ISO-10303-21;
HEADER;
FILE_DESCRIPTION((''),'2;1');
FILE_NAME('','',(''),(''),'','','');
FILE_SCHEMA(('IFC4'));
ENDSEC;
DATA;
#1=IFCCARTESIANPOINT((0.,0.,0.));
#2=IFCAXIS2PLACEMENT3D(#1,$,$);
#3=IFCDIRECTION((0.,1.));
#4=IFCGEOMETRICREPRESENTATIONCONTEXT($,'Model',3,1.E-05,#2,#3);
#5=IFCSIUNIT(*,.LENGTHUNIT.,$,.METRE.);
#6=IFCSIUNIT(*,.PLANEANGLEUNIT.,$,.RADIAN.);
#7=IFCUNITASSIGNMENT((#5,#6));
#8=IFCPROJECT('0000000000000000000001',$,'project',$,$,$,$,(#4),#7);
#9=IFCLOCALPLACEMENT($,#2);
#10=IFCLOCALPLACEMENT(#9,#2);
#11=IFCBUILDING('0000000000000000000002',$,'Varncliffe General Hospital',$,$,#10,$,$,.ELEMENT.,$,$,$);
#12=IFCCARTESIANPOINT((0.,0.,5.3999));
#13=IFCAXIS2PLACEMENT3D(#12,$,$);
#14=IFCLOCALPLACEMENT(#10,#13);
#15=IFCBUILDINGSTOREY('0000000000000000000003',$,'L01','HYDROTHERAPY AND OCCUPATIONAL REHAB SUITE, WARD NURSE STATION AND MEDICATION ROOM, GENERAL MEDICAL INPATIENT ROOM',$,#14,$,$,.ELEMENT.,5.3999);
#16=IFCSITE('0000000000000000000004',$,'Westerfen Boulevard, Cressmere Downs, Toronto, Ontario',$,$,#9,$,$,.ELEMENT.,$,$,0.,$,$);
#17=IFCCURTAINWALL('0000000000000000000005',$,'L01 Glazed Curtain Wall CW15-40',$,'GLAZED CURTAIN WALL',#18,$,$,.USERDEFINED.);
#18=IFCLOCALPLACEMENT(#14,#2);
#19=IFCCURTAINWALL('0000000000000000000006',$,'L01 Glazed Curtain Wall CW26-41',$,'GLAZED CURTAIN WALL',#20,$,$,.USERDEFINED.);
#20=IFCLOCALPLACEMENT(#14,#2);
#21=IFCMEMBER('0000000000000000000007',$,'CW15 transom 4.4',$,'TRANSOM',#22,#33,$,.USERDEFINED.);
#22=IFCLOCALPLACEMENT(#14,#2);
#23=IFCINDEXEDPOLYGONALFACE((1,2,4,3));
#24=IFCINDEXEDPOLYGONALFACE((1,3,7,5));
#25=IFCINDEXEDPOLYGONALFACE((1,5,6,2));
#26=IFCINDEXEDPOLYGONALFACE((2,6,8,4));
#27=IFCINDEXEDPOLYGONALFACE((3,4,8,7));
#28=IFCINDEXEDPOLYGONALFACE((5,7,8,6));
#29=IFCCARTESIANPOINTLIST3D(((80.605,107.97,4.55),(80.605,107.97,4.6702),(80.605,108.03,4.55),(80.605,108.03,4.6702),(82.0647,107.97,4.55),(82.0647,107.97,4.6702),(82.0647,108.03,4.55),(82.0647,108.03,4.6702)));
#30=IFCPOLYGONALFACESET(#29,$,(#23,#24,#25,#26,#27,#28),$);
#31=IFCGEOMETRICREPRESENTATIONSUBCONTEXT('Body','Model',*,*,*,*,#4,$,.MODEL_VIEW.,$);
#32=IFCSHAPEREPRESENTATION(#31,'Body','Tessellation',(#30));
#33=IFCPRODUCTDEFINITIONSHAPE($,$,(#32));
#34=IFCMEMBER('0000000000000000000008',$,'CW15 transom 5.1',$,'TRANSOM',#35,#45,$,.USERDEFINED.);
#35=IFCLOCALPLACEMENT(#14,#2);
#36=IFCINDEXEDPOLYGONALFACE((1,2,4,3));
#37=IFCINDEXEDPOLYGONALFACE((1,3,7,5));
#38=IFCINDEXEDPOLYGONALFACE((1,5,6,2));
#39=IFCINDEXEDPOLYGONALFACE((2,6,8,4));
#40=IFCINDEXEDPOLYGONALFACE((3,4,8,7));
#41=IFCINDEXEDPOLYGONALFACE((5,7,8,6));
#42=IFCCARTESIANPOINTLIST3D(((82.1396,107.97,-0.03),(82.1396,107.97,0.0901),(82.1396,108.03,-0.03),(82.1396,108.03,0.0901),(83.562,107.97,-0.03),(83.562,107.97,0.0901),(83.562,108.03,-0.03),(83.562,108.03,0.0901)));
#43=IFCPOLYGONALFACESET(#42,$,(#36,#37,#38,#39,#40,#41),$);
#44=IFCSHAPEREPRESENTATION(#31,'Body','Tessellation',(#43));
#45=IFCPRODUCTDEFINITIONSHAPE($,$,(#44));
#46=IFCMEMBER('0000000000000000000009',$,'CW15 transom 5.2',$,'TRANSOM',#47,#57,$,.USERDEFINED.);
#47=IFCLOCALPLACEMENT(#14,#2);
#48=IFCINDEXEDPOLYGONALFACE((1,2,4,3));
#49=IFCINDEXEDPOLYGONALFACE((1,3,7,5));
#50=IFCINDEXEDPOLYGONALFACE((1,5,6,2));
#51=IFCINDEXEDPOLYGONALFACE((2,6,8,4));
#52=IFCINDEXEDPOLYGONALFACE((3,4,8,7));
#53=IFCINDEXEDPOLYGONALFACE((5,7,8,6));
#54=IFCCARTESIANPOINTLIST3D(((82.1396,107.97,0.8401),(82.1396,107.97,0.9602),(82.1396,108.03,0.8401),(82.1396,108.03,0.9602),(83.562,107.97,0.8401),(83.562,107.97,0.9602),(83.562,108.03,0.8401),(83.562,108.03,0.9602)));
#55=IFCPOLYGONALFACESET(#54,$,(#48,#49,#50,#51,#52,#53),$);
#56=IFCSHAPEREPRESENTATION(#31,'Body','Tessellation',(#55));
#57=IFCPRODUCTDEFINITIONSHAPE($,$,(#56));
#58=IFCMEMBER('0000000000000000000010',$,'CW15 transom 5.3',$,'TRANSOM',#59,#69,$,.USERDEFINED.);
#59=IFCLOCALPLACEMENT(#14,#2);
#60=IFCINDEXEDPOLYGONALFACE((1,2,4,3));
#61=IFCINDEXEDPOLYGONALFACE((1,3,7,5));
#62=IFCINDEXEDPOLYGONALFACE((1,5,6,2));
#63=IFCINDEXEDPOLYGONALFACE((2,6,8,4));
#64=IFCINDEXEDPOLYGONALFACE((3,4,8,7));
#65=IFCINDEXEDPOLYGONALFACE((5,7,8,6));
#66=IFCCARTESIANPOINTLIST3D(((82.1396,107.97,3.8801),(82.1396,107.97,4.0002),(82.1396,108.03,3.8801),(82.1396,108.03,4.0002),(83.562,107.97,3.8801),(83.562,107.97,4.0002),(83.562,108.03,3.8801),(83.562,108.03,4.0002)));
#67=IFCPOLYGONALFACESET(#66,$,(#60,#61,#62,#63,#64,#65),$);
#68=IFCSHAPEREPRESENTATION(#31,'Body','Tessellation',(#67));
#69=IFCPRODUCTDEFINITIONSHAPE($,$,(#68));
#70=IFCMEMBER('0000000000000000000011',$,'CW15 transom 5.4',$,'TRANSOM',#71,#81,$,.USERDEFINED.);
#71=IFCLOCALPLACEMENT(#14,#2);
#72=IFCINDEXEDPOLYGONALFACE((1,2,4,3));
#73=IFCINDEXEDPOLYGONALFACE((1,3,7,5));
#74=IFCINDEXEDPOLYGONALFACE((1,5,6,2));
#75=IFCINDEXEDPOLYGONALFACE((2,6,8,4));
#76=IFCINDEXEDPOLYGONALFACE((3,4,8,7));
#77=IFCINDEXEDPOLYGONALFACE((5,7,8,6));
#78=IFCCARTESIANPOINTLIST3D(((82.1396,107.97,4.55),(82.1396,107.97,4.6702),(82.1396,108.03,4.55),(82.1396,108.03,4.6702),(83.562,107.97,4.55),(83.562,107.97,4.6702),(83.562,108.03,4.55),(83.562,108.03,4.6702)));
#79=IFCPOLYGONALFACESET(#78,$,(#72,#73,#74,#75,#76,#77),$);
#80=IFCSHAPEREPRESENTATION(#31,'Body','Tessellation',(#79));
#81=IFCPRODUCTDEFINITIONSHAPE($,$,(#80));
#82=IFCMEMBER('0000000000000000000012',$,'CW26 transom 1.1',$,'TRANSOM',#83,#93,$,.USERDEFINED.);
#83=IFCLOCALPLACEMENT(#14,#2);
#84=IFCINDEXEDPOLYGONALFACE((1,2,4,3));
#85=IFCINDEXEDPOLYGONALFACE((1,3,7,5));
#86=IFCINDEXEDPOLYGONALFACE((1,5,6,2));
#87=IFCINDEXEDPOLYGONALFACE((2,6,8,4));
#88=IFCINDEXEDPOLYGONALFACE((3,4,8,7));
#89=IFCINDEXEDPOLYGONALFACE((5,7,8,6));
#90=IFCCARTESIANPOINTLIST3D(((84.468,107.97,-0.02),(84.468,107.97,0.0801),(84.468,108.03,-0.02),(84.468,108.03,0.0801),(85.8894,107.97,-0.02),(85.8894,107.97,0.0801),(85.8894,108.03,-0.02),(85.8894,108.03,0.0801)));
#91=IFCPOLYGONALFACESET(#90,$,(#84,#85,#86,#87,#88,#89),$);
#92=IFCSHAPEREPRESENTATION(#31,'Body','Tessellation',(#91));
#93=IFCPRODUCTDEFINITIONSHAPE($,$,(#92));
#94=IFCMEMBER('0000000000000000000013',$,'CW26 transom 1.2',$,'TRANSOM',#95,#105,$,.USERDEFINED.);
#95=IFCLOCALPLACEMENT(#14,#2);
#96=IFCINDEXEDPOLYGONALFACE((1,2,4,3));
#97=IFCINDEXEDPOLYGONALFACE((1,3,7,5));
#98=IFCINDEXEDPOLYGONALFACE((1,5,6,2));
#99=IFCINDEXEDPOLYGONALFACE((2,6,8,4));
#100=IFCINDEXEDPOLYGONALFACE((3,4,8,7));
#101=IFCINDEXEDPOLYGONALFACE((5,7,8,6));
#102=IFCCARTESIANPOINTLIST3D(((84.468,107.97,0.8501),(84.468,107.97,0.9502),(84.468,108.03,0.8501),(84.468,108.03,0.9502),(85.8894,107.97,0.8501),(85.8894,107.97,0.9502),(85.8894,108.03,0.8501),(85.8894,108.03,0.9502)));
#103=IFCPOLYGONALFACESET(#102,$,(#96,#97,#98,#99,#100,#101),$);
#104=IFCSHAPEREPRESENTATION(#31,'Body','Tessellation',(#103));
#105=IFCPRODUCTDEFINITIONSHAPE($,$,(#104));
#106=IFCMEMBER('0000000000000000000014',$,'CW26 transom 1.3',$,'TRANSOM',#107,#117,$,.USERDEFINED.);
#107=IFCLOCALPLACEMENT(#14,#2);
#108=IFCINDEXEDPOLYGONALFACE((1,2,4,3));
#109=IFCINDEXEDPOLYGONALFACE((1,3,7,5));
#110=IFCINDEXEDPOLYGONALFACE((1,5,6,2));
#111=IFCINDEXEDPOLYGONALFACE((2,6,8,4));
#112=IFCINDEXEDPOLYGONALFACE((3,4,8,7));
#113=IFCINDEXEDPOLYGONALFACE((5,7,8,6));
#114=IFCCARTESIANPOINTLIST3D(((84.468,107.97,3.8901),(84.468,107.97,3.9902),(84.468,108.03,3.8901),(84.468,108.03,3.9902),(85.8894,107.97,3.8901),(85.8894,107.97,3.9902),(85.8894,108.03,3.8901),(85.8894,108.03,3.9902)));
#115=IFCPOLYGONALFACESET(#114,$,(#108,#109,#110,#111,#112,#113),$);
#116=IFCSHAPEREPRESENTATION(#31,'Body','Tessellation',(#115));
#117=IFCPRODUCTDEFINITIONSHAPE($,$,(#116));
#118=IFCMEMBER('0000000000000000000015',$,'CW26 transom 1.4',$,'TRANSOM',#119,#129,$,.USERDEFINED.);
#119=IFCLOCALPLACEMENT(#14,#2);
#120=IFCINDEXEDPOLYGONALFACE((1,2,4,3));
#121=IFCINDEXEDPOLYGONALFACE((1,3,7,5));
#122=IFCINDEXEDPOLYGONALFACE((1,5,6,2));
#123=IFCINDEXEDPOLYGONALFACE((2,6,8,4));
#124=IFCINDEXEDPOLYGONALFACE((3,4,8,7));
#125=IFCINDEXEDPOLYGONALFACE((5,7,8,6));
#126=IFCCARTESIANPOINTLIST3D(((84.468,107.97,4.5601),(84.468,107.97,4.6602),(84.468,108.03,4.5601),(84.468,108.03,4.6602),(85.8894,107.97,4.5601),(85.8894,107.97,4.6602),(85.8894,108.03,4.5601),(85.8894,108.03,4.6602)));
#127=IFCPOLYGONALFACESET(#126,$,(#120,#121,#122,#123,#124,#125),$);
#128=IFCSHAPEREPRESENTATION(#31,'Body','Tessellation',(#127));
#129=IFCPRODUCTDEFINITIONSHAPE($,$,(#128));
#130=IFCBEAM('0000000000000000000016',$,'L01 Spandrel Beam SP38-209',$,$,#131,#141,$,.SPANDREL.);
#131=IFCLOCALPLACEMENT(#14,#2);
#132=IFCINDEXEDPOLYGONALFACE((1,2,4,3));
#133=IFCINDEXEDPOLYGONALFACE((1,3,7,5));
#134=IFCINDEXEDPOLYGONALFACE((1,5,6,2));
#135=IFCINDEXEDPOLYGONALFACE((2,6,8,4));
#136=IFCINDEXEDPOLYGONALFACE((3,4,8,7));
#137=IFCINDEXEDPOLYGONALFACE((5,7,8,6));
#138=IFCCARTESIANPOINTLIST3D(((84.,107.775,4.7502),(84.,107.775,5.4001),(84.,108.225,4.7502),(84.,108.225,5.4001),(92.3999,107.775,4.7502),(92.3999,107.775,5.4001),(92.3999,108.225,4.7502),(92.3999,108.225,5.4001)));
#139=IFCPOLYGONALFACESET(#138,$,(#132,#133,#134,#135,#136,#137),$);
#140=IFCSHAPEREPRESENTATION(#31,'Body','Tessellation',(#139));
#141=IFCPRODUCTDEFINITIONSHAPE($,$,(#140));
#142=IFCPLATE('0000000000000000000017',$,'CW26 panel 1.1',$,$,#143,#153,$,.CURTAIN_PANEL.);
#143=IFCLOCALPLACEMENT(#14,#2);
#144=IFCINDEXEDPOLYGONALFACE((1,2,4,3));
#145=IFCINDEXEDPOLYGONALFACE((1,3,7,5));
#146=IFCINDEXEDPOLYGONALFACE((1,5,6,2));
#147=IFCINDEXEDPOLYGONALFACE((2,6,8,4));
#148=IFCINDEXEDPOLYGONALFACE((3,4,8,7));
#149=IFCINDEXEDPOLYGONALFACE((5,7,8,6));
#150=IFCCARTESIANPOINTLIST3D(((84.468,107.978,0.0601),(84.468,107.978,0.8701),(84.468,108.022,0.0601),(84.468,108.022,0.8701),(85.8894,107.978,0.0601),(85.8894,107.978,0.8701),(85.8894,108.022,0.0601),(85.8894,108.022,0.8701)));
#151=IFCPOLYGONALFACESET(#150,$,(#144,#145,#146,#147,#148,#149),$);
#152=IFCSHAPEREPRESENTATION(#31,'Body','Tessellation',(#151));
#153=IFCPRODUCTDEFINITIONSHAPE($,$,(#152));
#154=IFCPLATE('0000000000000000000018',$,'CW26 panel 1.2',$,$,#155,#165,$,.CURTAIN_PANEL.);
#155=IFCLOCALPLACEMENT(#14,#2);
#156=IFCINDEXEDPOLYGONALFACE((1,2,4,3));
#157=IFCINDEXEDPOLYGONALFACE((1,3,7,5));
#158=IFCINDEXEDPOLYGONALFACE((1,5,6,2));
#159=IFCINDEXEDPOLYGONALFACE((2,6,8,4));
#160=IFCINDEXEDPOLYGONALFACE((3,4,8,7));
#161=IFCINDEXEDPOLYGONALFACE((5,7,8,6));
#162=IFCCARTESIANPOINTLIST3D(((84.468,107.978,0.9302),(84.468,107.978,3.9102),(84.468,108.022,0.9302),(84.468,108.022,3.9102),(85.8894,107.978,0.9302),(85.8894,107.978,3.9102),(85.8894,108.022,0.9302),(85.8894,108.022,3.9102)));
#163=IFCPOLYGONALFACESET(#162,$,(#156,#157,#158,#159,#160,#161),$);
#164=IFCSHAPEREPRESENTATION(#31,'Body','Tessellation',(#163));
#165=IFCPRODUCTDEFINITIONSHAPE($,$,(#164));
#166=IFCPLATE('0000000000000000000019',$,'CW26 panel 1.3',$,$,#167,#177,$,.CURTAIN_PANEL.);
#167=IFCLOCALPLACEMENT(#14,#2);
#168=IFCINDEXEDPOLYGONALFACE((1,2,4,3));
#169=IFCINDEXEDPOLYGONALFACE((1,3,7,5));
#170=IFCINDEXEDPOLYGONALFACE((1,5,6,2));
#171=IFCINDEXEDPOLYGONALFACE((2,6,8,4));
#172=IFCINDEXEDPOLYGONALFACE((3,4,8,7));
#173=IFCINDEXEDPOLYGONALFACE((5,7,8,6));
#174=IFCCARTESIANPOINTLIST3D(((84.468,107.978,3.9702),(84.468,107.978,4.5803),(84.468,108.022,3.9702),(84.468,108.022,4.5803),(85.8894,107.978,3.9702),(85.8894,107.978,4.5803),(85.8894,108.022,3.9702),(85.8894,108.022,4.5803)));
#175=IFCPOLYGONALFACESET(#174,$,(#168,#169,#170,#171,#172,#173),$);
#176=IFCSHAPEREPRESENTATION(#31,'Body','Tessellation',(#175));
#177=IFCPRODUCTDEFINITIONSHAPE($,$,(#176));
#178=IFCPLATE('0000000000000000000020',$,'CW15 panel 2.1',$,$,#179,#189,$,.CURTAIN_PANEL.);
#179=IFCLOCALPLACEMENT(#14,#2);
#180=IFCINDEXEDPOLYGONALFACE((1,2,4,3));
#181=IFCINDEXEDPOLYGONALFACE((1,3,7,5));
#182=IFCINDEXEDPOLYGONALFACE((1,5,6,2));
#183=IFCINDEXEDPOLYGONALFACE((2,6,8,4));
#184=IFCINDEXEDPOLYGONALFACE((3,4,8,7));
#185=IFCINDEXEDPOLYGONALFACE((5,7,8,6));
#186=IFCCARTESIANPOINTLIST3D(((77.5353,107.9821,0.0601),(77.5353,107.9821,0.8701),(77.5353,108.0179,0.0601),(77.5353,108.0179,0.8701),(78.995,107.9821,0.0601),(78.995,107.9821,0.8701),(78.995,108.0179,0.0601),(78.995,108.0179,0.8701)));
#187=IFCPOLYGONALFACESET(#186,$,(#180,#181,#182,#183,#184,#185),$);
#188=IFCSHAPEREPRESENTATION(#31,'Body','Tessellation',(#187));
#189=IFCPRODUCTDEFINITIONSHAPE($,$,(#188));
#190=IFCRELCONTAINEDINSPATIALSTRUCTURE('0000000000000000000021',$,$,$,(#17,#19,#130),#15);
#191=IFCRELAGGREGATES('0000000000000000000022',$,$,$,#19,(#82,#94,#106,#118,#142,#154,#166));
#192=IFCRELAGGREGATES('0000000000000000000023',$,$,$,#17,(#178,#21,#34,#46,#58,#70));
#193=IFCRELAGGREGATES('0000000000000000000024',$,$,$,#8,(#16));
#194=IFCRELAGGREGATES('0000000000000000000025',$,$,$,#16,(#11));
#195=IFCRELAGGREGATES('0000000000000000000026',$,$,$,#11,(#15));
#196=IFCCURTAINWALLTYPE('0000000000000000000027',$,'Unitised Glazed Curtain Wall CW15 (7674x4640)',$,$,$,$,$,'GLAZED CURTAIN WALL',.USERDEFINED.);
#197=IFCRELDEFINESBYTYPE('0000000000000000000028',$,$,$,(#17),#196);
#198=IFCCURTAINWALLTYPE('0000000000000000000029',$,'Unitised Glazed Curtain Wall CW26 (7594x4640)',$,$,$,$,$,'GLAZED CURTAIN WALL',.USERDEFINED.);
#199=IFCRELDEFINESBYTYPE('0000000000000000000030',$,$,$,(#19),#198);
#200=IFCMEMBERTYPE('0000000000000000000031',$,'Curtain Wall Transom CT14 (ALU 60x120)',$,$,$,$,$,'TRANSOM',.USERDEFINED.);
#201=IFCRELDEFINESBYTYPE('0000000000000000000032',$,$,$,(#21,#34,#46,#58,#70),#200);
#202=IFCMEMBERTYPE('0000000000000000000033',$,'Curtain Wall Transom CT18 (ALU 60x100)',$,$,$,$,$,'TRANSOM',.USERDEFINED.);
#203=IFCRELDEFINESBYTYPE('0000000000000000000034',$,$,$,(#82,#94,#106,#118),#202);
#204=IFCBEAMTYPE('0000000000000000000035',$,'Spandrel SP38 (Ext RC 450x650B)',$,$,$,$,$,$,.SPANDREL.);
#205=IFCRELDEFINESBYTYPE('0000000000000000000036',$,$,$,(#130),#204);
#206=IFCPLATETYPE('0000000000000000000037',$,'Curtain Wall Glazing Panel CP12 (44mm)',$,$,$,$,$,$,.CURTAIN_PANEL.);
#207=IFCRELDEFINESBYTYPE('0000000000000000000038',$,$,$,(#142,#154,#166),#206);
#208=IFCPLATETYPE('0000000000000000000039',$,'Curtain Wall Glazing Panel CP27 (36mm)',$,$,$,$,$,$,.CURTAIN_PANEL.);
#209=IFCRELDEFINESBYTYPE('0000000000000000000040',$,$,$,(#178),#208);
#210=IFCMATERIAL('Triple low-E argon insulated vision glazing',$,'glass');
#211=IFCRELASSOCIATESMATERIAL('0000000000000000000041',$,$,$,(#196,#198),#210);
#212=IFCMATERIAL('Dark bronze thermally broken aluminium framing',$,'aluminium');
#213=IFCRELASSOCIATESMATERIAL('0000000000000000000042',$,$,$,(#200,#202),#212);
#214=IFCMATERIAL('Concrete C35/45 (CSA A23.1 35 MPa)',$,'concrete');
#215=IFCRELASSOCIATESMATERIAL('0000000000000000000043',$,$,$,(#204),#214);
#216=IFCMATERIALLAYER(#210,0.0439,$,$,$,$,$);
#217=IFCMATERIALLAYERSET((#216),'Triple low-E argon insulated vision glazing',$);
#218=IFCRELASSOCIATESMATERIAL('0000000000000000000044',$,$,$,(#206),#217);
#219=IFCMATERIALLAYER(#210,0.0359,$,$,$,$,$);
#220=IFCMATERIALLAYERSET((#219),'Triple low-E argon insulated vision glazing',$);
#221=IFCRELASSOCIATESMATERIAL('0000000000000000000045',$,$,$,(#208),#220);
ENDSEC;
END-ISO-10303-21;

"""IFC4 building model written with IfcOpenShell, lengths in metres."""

from ifc_helpers import new_model, si_unit, direction, frame, origin, origin_2d, place, context, subcontext, project, spatial, rectangle, extrude, material, layer, layer_set, material_profile, profile_set, type_object, element, aggregate, save


model = new_model("IFC4")

# Units and contexts
model_context = context("Model", 3, precision=1e-05, world=origin(), true_north=direction((0.0, 1.0)))
body_context = subcontext(model_context, "Body", "Model", "MODEL_VIEW")
ifc_project = project(units=[si_unit("LENGTHUNIT", "METRE"), si_unit("PLANEANGLEUNIT", "RADIAN")], contexts=[model_context])

# Site, building, storey
site_placement = place(None, origin())
site = spatial("IfcSite", under=ifc_project, at=site_placement, Name="Westerfen Boulevard, Cressmere Downs, Toronto, Ontario", CompositionType="ELEMENT", RefElevation=0.0)
building_placement = place(site_placement, origin())
building = spatial("IfcBuilding", under=site, at=building_placement, Name="Varncliffe General Hospital", CompositionType="ELEMENT")
storey_placement = place(building_placement, frame((0.0, 0.0, 5.3999)))
storey = spatial("IfcBuildingStorey", under=building, at=storey_placement, Name="L01", Description="HYDROTHERAPY AND OCCUPATIONAL REHAB SUITE, WARD NURSE STATION AND MEDICATION ROOM, GENERAL MEDICAL INPATIENT ROOM", CompositionType="ELEMENT", Elevation=5.3999)

# Curtain wall
ifc_material_1 = material(Name="Triple low-E argon insulated vision glazing", Category="glass")
curtain_wall_type_1 = type_object("IfcCurtainWallType", Name="Unitised Glazed Curtain Wall CW15 (7674x4640)", ElementType="GLAZED CURTAIN WALL", PredefinedType="USERDEFINED", material=ifc_material_1)
curtain_wall_1_placement = place(storey_placement, origin())
curtain_wall_1 = element("IfcCurtainWall", 1, at=curtain_wall_1_placement, inside=storey, type_object=curtain_wall_type_1, Name="L01 Glazed Curtain Wall CW15-40", ObjectType="GLAZED CURTAIN WALL", PredefinedType="USERDEFINED")
ifc_material_2 = material(Name="Dark bronze thermally broken aluminium framing", Category="aluminium")

# Curtain wall
curtain_wall_type_2 = type_object("IfcCurtainWallType", Name="Unitised Glazed Curtain Wall CW26 (7594x4640)", ElementType="GLAZED CURTAIN WALL", PredefinedType="USERDEFINED", material=ifc_material_1)
curtain_wall_2_placement = place(storey_placement, origin())
curtain_wall_2 = element("IfcCurtainWall", 2, at=curtain_wall_2_placement, inside=storey, type_object=curtain_wall_type_2, Name="L01 Glazed Curtain Wall CW26-41", ObjectType="GLAZED CURTAIN WALL", PredefinedType="USERDEFINED")

# Members
ifc_material_profile_1 = material_profile(ifc_material_2, rectangle(XDim=0.0601, YDim=0.1201, at=origin_2d()), Name="ALU 60x120")
ifc_profile_set_1 = profile_set([ifc_material_profile_1], Name="Dark bronze thermally broken aluminium framing")
member_type_1 = type_object("IfcMemberType", Name="Curtain Wall Transom CT14 (ALU 60x120)", ElementType="TRANSOM", PredefinedType="USERDEFINED", material=ifc_profile_set_1)
member_1_placement = place(storey_placement, frame((80.605, 108.0, 4.6101), z_axis=(1.0, 0.0, 0.0), x_axis=(0.0, 1.0, 0.0)))
member_1 = element("IfcMember", 3, at=member_1_placement, type_object=member_type_1, Name="CW15 transom 4.4", ObjectType="TRANSOM", PredefinedType="USERDEFINED", context=body_context, shape_type="SweptSolid", body=[
    extrude(rectangle(XDim=0.0601, YDim=0.1201, at=origin_2d()), origin(), (0.0, 0.0, 1.0), 1.4597),
])
member_2_placement = place(storey_placement, frame((82.1396, 108.0, 0.03), z_axis=(1.0, 0.0, 0.0), x_axis=(0.0, 1.0, 0.0)))
member_2 = element("IfcMember", 4, at=member_2_placement, type_object=member_type_1, Name="CW15 transom 5.1", ObjectType="TRANSOM", PredefinedType="USERDEFINED", context=body_context, shape_type="SweptSolid", body=[
    extrude(rectangle(XDim=0.0601, YDim=0.1201, at=origin_2d()), origin(), (0.0, 0.0, 1.0), 1.4224),
])
member_3_placement = place(storey_placement, frame((82.1396, 108.0, 0.9001), z_axis=(1.0, 0.0, 0.0), x_axis=(0.0, 1.0, 0.0)))
member_3 = element("IfcMember", 5, at=member_3_placement, type_object=member_type_1, Name="CW15 transom 5.2", ObjectType="TRANSOM", PredefinedType="USERDEFINED", context=body_context, shape_type="SweptSolid", body=[
    extrude(rectangle(XDim=0.0601, YDim=0.1201, at=origin_2d()), origin(), (0.0, 0.0, 1.0), 1.4224),
])
member_4_placement = place(storey_placement, frame((82.1396, 108.0, 3.9402), z_axis=(1.0, 0.0, 0.0), x_axis=(0.0, 1.0, 0.0)))
member_4 = element("IfcMember", 6, at=member_4_placement, type_object=member_type_1, Name="CW15 transom 5.3", ObjectType="TRANSOM", PredefinedType="USERDEFINED", context=body_context, shape_type="SweptSolid", body=[
    extrude(rectangle(XDim=0.0601, YDim=0.1201, at=origin_2d()), origin(), (0.0, 0.0, 1.0), 1.4224),
])
member_5_placement = place(storey_placement, frame((82.1396, 108.0, 4.6101), z_axis=(1.0, 0.0, 0.0), x_axis=(0.0, 1.0, 0.0)))
member_5 = element("IfcMember", 7, at=member_5_placement, type_object=member_type_1, Name="CW15 transom 5.4", ObjectType="TRANSOM", PredefinedType="USERDEFINED", context=body_context, shape_type="SweptSolid", body=[
    extrude(rectangle(XDim=0.0601, YDim=0.1201, at=origin_2d()), origin(), (0.0, 0.0, 1.0), 1.4224),
])
ifc_material_profile_2 = material_profile(ifc_material_2, rectangle(XDim=0.0601, YDim=0.1001, at=origin_2d()), Name="ALU 60x100")
ifc_profile_set_2 = profile_set([ifc_material_profile_2], Name="Dark bronze thermally broken aluminium framing")
member_type_2 = type_object("IfcMemberType", Name="Curtain Wall Transom CT18 (ALU 60x100)", ElementType="TRANSOM", PredefinedType="USERDEFINED", material=ifc_profile_set_2)
member_6_placement = place(storey_placement, frame((84.468, 108.0, 0.03), z_axis=(1.0, 0.0, 0.0), x_axis=(0.0, 1.0, 0.0)))
member_6 = element("IfcMember", 8, at=member_6_placement, type_object=member_type_2, Name="CW26 transom 1.1", ObjectType="TRANSOM", PredefinedType="USERDEFINED", context=body_context, shape_type="SweptSolid", body=[
    extrude(rectangle(XDim=0.0601, YDim=0.1001, at=origin_2d()), origin(), (0.0, 0.0, 1.0), 1.4214),
])
member_7_placement = place(storey_placement, frame((84.468, 108.0, 0.9001), z_axis=(1.0, 0.0, 0.0), x_axis=(0.0, 1.0, 0.0)))
member_7 = element("IfcMember", 9, at=member_7_placement, type_object=member_type_2, Name="CW26 transom 1.2", ObjectType="TRANSOM", PredefinedType="USERDEFINED", context=body_context, shape_type="SweptSolid", body=[
    extrude(rectangle(XDim=0.0601, YDim=0.1001, at=origin_2d()), origin(), (0.0, 0.0, 1.0), 1.4214),
])
member_8_placement = place(storey_placement, frame((84.468, 108.0, 3.9402), z_axis=(1.0, 0.0, 0.0), x_axis=(0.0, 1.0, 0.0)))
member_8 = element("IfcMember", 10, at=member_8_placement, type_object=member_type_2, Name="CW26 transom 1.3", ObjectType="TRANSOM", PredefinedType="USERDEFINED", context=body_context, shape_type="SweptSolid", body=[
    extrude(rectangle(XDim=0.0601, YDim=0.1001, at=origin_2d()), origin(), (0.0, 0.0, 1.0), 1.4214),
])
member_9_placement = place(storey_placement, frame((84.468, 108.0, 4.6101), z_axis=(1.0, 0.0, 0.0), x_axis=(0.0, 1.0, 0.0)))
member_9 = element("IfcMember", 11, at=member_9_placement, type_object=member_type_2, Name="CW26 transom 1.4", ObjectType="TRANSOM", PredefinedType="USERDEFINED", context=body_context, shape_type="SweptSolid", body=[
    extrude(rectangle(XDim=0.0601, YDim=0.1001, at=origin_2d()), origin(), (0.0, 0.0, 1.0), 1.4214),
])

# Beam
ifc_material_3 = material(Name="Concrete C35/45 (CSA A23.1 35 MPa)", Category="concrete")
ifc_material_profile_3 = material_profile(ifc_material_3, rectangle(XDim=0.45, YDim=0.6499, at=origin_2d()), Name="RC 450x650")
ifc_profile_set_3 = profile_set([ifc_material_profile_3], Name="Concrete C35/45 (CSA A23.1 35 MPa)")
beam_type = type_object("IfcBeamType", Name="Spandrel SP38 (Ext RC 450x650B)", PredefinedType="SPANDREL", material=ifc_profile_set_3)
beam_placement = place(storey_placement, frame((84.0, 108.0, 5.0752), z_axis=(1.0, 0.0, 0.0), x_axis=(0.0, 1.0, 0.0)))
element("IfcBeam", 12, at=beam_placement, inside=storey, type_object=beam_type, Name="L01 Spandrel Beam SP38-209", PredefinedType="SPANDREL", context=body_context, shape_type="SweptSolid", body=[
    extrude(rectangle(XDim=0.45, YDim=0.6499, at=origin_2d()), origin(), (0.0, 0.0, 1.0), 8.3999),
])

# Plates
ifc_layer_1 = layer(ifc_material_1, 0.0439)
ifc_layer_set_1 = layer_set([ifc_layer_1], Name="Triple low-E argon insulated vision glazing")
plate_type_1 = type_object("IfcPlateType", Name="Curtain Wall Glazing Panel CP12 (44mm)", PredefinedType="CURTAIN_PANEL", material=ifc_layer_set_1)
plate_1_placement = place(storey_placement, frame((85.1787, 108.0, 0.0601), z_axis=(0.0, 0.0, 1.0), x_axis=(1.0, 0.0, 0.0)))
plate_1 = element("IfcPlate", 13, at=plate_1_placement, type_object=plate_type_1, Name="CW26 panel 1.1", PredefinedType="CURTAIN_PANEL", context=body_context, shape_type="SweptSolid", body=[
    extrude(rectangle(XDim=1.4214, YDim=0.0439, at=origin_2d()), origin(), (0.0, 0.0, 1.0), 0.8101),
])
plate_2_placement = place(storey_placement, frame((85.1787, 108.0, 0.9302), z_axis=(0.0, 0.0, 1.0), x_axis=(1.0, 0.0, 0.0)))
plate_2 = element("IfcPlate", 14, at=plate_2_placement, type_object=plate_type_1, Name="CW26 panel 1.2", PredefinedType="CURTAIN_PANEL", context=body_context, shape_type="SweptSolid", body=[
    extrude(rectangle(XDim=1.4214, YDim=0.0439, at=origin_2d()), origin(), (0.0, 0.0, 1.0), 2.98),
])
plate_3_placement = place(storey_placement, frame((85.1787, 108.0, 3.9702), z_axis=(0.0, 0.0, 1.0), x_axis=(1.0, 0.0, 0.0)))
plate_3 = element("IfcPlate", 15, at=plate_3_placement, type_object=plate_type_1, Name="CW26 panel 1.3", PredefinedType="CURTAIN_PANEL", context=body_context, shape_type="SweptSolid", body=[
    extrude(rectangle(XDim=1.4214, YDim=0.0439, at=origin_2d()), origin(), (0.0, 0.0, 1.0), 0.6101),
])
aggregate(curtain_wall_2, [member_6, member_7, member_8, member_9, plate_1, plate_2, plate_3])
ifc_layer_2 = layer(ifc_material_1, 0.0359)
ifc_layer_set_2 = layer_set([ifc_layer_2], Name="Triple low-E argon insulated vision glazing")
plate_type_2 = type_object("IfcPlateType", Name="Curtain Wall Glazing Panel CP27 (36mm)", PredefinedType="CURTAIN_PANEL", material=ifc_layer_set_2)
plate_4_placement = place(storey_placement, frame((78.2651, 108.0, 0.0601), z_axis=(0.0, 0.0, 1.0), x_axis=(1.0, 0.0, 0.0)))
plate_4 = element("IfcPlate", 16, at=plate_4_placement, type_object=plate_type_2, Name="CW15 panel 2.1", PredefinedType="CURTAIN_PANEL", context=body_context, shape_type="SweptSolid", body=[
    extrude(rectangle(XDim=1.4597, YDim=0.0359, at=origin_2d()), origin(), (0.0, 0.0, 1.0), 0.8101),
])
aggregate(curtain_wall_1, [plate_4, member_1, member_2, member_3, member_4, member_5])

save(model, "model.ifc")
